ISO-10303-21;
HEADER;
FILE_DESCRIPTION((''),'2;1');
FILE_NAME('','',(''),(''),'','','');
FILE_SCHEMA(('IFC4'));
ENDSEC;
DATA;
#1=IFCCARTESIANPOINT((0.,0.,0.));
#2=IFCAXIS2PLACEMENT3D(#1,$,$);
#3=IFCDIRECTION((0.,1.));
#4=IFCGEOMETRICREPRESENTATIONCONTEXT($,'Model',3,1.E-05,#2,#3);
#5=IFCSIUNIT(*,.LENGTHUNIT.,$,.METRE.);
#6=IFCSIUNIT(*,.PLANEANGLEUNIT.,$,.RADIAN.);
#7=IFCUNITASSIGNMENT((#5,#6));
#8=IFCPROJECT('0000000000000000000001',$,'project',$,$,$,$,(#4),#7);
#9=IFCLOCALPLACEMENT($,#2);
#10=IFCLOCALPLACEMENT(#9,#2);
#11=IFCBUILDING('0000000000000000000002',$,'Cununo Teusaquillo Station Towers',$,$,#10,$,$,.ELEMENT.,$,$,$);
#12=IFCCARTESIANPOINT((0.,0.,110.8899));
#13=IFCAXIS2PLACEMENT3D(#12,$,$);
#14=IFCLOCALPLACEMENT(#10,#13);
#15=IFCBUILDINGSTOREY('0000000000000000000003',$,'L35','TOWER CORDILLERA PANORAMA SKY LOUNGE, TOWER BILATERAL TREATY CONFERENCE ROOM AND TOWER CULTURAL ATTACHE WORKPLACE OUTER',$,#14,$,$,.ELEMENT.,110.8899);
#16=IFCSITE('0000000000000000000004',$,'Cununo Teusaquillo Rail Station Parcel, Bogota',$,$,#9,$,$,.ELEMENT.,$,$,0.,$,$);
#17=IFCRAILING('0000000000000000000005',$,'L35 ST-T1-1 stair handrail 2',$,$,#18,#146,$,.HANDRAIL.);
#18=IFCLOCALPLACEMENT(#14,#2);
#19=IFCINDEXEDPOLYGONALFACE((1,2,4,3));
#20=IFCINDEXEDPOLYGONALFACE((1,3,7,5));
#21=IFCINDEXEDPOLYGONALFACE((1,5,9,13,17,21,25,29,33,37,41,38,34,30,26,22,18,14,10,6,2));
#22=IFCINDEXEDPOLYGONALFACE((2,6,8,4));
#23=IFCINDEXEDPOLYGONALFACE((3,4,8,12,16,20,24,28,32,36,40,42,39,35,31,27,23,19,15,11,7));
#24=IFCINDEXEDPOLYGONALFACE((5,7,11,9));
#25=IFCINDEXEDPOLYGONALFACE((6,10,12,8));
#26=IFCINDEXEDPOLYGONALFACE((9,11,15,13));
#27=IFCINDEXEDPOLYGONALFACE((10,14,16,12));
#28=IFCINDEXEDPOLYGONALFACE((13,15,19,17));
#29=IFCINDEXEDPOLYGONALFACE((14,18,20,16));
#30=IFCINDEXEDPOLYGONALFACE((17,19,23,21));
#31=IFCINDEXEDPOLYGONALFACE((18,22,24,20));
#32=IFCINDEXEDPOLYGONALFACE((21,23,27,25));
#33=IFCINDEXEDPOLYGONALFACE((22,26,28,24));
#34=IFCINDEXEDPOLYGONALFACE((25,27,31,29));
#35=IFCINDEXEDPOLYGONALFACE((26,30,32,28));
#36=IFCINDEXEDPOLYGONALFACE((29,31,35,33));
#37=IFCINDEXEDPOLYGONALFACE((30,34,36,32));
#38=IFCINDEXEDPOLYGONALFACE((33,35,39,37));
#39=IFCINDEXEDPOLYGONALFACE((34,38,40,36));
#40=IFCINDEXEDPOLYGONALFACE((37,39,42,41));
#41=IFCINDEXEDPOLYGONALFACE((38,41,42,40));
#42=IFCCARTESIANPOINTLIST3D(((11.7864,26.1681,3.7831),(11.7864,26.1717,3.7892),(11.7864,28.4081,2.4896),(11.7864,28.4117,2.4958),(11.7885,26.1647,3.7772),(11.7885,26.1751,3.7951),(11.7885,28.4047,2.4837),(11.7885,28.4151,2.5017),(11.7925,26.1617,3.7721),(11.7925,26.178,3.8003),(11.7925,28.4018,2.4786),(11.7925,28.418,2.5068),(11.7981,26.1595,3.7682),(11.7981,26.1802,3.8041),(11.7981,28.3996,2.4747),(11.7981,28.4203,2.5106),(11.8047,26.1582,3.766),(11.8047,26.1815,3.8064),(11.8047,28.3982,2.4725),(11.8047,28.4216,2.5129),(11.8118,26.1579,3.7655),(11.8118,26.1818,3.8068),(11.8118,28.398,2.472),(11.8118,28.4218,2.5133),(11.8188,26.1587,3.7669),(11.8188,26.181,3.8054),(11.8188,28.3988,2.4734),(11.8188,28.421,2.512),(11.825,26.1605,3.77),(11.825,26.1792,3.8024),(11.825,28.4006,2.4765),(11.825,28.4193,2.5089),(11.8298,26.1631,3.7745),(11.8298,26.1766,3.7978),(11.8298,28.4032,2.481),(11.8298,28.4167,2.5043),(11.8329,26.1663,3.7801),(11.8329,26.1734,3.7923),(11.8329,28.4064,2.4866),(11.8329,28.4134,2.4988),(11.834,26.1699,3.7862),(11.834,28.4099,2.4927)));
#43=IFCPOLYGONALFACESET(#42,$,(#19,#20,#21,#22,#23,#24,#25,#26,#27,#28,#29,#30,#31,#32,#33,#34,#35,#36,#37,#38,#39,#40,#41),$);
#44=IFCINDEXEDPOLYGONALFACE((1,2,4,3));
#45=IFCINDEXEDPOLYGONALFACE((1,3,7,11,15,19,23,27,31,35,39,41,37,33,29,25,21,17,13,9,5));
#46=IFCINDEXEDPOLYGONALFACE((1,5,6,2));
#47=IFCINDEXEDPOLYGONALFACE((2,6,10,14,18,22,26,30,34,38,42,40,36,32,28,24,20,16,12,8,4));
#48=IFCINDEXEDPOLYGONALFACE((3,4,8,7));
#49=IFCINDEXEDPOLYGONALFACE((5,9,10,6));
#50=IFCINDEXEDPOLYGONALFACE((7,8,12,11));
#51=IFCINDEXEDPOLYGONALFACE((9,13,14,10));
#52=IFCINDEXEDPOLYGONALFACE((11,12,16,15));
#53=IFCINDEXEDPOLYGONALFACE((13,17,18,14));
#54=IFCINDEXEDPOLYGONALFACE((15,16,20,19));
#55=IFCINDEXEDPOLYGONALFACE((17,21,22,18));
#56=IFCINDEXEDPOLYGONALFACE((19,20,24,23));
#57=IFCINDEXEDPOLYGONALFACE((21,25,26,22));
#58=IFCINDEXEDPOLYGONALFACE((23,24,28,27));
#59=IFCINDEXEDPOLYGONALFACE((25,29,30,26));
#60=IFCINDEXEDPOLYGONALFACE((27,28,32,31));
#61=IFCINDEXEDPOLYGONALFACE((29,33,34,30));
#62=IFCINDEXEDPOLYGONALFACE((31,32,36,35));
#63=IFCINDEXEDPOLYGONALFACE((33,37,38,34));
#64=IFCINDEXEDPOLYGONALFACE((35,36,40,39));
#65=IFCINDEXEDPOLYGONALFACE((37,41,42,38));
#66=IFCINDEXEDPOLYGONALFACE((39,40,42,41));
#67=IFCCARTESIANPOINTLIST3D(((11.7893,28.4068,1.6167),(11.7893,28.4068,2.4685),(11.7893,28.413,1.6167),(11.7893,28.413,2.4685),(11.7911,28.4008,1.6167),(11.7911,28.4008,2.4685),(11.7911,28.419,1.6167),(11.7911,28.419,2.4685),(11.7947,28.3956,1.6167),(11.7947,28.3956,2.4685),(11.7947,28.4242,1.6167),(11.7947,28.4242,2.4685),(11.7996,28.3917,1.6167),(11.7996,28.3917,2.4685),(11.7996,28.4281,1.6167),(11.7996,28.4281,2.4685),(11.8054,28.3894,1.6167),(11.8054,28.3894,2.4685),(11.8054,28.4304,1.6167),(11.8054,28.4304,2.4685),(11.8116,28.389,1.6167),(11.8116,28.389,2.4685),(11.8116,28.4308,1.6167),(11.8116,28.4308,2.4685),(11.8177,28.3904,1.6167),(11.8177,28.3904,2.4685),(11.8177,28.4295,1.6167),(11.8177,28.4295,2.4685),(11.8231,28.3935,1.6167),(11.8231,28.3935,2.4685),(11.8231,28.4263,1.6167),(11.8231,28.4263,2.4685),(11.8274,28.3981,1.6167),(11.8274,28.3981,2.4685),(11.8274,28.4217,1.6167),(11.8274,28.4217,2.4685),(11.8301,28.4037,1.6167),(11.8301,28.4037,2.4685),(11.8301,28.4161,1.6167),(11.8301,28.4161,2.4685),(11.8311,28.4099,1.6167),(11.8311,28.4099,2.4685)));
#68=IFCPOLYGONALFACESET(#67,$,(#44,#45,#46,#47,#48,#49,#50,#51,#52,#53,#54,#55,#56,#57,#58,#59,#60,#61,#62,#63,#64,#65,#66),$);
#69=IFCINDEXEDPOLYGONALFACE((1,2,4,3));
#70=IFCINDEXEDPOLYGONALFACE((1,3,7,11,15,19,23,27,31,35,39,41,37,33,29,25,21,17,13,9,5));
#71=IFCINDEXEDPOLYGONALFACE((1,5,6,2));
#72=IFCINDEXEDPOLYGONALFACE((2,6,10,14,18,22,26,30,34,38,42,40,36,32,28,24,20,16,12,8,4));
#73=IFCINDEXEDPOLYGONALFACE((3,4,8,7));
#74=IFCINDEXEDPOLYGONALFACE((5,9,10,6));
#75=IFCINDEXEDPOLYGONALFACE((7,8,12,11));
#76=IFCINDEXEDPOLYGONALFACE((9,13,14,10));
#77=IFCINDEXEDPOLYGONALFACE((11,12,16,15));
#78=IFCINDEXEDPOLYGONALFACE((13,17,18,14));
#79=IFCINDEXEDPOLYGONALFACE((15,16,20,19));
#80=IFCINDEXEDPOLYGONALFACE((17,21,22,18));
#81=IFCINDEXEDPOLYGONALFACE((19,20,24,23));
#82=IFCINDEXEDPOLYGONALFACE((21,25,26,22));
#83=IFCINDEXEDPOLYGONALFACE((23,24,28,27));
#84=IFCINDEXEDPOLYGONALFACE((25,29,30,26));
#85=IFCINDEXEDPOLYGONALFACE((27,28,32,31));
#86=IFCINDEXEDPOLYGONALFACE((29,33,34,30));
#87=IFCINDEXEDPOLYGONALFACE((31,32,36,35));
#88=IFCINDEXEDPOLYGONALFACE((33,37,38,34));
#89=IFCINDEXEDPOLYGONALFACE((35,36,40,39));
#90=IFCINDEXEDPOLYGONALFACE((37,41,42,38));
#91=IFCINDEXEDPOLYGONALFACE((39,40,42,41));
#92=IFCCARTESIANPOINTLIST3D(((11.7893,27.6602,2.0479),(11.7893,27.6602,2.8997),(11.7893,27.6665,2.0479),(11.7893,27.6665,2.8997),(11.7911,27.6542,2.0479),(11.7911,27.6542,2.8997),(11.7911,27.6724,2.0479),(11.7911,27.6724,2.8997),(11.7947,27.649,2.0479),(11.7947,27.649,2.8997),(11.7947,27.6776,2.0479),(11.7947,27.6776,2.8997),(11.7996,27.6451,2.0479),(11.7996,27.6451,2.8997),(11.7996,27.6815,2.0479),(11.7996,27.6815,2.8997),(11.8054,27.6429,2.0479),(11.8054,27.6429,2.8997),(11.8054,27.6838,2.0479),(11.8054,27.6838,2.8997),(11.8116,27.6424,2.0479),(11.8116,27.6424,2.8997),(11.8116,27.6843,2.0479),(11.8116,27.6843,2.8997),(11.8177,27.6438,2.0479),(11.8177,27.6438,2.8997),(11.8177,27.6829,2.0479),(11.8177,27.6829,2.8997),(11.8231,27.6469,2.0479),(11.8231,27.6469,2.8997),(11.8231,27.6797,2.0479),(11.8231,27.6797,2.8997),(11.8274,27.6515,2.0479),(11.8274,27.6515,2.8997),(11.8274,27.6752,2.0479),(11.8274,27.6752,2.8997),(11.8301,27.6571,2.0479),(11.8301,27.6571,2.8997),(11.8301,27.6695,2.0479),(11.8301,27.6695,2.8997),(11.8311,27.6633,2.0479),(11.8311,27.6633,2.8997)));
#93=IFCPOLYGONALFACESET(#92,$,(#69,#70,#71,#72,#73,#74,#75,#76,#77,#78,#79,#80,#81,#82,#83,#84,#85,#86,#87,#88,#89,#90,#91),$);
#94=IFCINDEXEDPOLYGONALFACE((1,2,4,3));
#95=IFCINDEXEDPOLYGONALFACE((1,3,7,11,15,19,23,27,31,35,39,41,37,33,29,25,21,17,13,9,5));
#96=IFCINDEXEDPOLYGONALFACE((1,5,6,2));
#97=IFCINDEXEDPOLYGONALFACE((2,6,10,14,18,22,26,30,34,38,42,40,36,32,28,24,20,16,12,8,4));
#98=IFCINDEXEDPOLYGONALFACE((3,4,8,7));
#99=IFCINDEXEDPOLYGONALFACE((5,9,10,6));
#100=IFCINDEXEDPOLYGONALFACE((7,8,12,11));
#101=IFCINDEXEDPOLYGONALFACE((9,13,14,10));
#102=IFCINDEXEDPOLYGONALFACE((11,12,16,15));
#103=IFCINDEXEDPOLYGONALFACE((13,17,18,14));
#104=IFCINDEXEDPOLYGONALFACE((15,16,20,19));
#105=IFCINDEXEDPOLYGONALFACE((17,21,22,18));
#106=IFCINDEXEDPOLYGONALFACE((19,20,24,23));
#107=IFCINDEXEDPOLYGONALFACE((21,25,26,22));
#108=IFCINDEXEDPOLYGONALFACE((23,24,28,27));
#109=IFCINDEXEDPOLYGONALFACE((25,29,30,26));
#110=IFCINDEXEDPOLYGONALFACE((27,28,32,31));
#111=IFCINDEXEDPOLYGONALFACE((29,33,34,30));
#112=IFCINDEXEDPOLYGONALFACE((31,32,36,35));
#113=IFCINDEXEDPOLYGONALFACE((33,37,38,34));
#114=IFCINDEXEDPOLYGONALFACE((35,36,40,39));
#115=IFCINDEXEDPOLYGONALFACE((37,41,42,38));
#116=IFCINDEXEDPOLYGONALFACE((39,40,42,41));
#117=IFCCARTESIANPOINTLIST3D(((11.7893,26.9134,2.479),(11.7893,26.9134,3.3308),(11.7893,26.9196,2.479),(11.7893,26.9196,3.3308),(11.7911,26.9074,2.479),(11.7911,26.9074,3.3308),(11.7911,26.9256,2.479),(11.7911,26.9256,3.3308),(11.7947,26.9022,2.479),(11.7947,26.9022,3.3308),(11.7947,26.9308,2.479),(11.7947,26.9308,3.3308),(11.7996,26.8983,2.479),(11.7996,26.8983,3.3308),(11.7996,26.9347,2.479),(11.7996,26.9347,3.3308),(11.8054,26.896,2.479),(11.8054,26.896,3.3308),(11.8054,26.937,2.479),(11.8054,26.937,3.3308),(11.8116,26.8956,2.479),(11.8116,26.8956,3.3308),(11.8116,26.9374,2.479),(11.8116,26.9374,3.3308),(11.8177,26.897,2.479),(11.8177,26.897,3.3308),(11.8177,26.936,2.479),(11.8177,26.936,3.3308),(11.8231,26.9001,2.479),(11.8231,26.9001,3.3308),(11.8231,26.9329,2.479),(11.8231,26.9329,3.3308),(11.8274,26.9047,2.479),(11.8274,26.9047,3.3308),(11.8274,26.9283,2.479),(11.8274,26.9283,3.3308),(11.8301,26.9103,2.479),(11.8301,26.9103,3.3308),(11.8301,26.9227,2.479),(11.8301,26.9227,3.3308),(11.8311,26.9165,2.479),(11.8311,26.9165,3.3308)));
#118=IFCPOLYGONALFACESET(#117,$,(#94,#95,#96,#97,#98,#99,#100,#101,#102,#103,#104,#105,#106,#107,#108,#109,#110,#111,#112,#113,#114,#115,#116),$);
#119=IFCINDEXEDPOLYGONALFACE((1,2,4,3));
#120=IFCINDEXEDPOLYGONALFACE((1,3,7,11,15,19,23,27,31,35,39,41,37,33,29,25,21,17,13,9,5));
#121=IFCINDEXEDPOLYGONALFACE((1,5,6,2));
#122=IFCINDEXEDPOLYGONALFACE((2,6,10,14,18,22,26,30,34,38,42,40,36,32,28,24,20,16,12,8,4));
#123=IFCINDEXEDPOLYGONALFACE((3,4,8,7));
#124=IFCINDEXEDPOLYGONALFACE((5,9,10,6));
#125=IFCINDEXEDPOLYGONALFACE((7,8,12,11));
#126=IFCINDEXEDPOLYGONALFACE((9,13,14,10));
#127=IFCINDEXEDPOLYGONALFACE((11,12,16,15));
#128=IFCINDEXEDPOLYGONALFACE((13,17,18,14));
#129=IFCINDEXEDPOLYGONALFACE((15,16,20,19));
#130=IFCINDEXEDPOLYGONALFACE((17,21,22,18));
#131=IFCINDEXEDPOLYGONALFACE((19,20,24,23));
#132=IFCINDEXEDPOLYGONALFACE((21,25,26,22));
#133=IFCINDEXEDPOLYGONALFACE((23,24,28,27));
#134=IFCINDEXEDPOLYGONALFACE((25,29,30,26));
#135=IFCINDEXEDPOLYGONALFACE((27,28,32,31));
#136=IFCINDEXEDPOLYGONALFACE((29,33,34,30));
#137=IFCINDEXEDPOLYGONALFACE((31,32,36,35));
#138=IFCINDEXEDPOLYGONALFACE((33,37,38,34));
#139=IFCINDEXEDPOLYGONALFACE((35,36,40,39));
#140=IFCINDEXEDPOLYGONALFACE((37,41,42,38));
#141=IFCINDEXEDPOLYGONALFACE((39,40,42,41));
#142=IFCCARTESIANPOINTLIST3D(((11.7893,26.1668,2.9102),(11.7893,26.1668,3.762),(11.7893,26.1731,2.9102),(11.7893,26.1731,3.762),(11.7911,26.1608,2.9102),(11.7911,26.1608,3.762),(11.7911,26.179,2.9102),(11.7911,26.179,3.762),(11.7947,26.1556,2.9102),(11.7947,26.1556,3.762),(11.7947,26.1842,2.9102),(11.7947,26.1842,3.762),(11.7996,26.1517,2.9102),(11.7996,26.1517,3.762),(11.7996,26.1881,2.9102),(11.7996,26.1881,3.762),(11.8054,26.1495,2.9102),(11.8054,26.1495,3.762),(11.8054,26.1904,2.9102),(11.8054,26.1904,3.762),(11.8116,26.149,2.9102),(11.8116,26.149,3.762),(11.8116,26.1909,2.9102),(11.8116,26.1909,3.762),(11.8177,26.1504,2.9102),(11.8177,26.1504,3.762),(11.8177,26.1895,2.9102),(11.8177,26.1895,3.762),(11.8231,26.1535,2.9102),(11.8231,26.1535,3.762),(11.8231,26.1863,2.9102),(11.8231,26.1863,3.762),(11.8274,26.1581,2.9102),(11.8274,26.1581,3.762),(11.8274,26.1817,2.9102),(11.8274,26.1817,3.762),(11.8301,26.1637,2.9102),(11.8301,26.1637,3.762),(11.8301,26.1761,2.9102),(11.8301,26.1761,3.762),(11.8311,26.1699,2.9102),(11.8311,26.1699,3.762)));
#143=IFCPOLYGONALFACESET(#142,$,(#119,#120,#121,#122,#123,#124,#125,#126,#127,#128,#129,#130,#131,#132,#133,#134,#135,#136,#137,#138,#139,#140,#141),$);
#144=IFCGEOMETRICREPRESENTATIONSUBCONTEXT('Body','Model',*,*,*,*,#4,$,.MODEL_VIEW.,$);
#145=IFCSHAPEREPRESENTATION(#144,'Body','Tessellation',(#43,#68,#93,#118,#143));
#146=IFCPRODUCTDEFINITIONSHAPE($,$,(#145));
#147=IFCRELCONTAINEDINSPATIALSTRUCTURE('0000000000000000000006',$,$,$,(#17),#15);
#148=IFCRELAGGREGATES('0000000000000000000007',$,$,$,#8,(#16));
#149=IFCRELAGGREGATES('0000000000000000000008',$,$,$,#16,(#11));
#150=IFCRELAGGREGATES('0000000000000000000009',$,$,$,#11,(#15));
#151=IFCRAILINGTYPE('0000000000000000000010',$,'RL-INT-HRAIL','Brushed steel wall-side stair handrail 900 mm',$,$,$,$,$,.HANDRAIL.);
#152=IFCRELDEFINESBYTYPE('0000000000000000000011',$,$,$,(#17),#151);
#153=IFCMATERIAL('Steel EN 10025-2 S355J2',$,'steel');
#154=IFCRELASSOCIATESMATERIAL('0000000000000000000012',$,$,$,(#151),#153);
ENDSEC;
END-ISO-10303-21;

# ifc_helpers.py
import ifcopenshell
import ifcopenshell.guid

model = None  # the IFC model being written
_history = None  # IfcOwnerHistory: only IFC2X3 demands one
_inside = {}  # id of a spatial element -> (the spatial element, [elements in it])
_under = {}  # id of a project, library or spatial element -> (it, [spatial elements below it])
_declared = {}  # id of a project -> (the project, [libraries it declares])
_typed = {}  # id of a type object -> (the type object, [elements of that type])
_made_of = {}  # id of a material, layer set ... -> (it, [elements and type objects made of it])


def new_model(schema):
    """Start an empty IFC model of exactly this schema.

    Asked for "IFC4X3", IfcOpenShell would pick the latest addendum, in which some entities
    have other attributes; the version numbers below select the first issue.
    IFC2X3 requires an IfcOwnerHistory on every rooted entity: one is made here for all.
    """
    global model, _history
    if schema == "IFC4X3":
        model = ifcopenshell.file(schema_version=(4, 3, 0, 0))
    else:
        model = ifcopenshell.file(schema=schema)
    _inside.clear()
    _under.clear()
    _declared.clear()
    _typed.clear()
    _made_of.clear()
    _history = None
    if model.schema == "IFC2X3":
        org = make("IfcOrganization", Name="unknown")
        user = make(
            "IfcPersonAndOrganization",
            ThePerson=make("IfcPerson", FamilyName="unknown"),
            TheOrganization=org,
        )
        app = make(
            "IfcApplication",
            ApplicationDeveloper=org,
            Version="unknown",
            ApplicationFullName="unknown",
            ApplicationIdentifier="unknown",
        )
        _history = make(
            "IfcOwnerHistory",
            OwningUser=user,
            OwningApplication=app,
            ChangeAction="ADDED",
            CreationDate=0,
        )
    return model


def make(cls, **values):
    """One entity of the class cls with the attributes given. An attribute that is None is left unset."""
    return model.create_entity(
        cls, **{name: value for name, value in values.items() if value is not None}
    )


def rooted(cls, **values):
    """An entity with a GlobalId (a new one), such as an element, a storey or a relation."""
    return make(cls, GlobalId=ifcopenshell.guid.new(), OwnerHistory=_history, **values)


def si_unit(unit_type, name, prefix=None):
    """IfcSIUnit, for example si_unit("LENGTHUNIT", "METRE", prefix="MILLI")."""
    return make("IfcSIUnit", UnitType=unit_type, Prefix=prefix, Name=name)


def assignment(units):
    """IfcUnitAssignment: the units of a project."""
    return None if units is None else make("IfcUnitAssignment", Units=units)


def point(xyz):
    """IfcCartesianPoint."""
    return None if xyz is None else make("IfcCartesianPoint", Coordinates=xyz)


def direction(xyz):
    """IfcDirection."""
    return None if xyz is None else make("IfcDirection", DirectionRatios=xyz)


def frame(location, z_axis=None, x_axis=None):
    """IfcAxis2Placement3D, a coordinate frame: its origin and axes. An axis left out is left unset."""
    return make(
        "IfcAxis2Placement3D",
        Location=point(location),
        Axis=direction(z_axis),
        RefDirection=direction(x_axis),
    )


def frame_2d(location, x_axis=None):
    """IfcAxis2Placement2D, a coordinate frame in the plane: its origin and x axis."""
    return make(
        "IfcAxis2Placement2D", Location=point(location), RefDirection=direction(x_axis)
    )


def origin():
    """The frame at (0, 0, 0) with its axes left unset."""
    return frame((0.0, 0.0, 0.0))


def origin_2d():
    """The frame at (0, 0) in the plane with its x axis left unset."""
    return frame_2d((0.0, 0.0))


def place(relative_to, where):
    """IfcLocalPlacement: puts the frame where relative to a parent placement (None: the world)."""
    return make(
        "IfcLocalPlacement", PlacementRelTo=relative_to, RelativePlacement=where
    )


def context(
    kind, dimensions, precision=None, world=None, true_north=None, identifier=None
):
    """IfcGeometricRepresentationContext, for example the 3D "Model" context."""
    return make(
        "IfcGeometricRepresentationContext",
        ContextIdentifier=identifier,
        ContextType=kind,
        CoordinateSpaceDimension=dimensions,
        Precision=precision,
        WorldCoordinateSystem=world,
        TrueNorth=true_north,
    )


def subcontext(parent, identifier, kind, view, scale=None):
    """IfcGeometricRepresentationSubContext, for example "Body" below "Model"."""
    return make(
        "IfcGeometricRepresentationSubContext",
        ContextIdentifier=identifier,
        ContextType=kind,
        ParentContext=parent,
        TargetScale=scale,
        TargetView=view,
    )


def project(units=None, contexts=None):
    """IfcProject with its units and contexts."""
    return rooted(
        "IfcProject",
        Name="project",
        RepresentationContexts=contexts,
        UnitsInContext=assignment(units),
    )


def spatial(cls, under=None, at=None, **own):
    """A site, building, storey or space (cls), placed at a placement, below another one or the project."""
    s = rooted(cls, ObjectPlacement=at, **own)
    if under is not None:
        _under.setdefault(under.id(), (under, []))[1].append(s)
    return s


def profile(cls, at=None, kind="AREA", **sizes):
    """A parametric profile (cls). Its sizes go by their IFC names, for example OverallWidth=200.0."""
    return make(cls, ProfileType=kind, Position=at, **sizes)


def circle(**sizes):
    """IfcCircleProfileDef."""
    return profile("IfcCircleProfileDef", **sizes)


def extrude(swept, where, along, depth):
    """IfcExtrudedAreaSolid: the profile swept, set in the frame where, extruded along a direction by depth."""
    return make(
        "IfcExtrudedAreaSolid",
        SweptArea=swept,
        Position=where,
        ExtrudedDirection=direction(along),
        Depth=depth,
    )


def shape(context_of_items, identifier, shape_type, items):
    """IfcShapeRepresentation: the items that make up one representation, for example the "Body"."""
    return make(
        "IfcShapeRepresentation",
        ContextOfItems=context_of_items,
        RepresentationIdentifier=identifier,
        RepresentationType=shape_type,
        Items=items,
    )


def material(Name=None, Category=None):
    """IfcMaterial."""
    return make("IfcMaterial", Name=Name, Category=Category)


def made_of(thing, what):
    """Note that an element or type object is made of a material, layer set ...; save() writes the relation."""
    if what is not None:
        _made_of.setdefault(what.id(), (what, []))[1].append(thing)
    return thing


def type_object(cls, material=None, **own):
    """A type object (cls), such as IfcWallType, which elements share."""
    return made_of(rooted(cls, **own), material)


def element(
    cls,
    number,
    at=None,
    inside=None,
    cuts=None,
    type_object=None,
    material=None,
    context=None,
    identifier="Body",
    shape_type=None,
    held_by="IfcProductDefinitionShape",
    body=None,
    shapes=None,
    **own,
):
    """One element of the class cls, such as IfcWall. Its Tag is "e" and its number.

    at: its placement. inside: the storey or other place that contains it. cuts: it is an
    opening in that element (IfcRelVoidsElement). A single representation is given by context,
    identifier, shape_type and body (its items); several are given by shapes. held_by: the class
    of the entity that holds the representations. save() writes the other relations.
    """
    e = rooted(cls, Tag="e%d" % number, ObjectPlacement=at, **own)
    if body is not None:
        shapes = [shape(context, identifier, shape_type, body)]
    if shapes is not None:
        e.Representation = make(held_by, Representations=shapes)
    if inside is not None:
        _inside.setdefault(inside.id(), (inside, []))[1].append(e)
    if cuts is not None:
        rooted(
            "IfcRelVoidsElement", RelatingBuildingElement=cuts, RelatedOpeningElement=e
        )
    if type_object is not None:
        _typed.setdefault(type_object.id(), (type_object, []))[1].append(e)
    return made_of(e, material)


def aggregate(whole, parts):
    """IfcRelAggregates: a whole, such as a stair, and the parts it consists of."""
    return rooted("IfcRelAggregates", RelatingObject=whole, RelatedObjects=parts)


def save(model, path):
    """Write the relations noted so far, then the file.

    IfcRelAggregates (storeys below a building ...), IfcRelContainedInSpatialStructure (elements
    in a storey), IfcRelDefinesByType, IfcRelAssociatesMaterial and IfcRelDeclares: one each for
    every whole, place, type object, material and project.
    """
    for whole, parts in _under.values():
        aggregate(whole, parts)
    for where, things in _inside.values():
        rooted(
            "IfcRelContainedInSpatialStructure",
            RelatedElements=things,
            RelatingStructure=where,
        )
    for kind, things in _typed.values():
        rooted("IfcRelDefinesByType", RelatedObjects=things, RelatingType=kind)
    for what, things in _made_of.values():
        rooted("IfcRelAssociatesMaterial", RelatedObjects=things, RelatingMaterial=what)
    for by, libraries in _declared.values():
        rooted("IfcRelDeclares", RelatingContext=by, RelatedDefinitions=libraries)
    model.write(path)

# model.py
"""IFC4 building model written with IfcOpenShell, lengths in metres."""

from ifc_helpers import new_model, si_unit, direction, frame, origin, origin_2d, place, context, subcontext, project, spatial, circle, extrude, material, type_object, element, save


model = new_model("IFC4")

# Units and contexts
model_context = context("Model", 3, precision=1e-05, world=origin(), true_north=direction((0.0, 1.0)))
body_context = subcontext(model_context, "Body", "Model", "MODEL_VIEW")
ifc_project = project(units=[si_unit("LENGTHUNIT", "METRE"), si_unit("PLANEANGLEUNIT", "RADIAN")], contexts=[model_context])

# Site, building, storey
site_placement = place(None, origin())
site = spatial("IfcSite", under=ifc_project, at=site_placement, Name="Cununo Teusaquillo Rail Station Parcel, Bogota", CompositionType="ELEMENT", RefElevation=0.0)
building_placement = place(site_placement, origin())
building = spatial("IfcBuilding", under=site, at=building_placement, Name="Cununo Teusaquillo Station Towers", CompositionType="ELEMENT")
storey_placement = place(building_placement, frame((0.0, 0.0, 110.8899)))
storey = spatial("IfcBuildingStorey", under=building, at=storey_placement, Name="L35", Description="TOWER CORDILLERA PANORAMA SKY LOUNGE, TOWER BILATERAL TREATY CONFERENCE ROOM AND TOWER CULTURAL ATTACHE WORKPLACE OUTER", CompositionType="ELEMENT", Elevation=110.8899)

# Railing
ifc_material_1 = material(Name="Steel EN 10025-2 S355J2", Category="steel")
railing_type_1 = type_object("IfcRailingType", Name="RL-INT-HRAIL", Description="Brushed steel wall-side stair handrail 900 mm", PredefinedType="HANDRAIL", material=ifc_material_1)
railing_1_placement = place(storey_placement, frame((11.8101, 28.4099, 1.6167)))
element("IfcRailing", 1, at=railing_1_placement, inside=storey, type_object=railing_type_1, Name="L35 ST-T1-1 stair handrail 2", PredefinedType="HANDRAIL", context=body_context, shape_type="SweptSolid", body=[
    extrude(circle(Radius=0.0239, at=origin_2d()), frame((0.0, 0.0, 0.876), z_axis=(0.0, -0.865992, 0.500057), x_axis=(1.0, 0.0, 0.0)), (0.0, 0.0, 1.0), 2.5867),
    extrude(circle(Radius=0.021, at=origin_2d()), origin(), (0.0, 0.0, 1.0), 0.8518),
    extrude(circle(Radius=0.021, at=origin_2d()), frame((0.0, -0.7466, 0.4312)), (0.0, 0.0, 1.0), 0.8518),
    extrude(circle(Radius=0.021, at=origin_2d()), frame((0.0, -1.4934, 0.8623)), (0.0, 0.0, 1.0), 0.8518),
    extrude(circle(Radius=0.021, at=origin_2d()), frame((0.0, -2.24, 1.2935)), (0.0, 0.0, 1.0), 0.8518),
])

save(model, "model.ifc")
